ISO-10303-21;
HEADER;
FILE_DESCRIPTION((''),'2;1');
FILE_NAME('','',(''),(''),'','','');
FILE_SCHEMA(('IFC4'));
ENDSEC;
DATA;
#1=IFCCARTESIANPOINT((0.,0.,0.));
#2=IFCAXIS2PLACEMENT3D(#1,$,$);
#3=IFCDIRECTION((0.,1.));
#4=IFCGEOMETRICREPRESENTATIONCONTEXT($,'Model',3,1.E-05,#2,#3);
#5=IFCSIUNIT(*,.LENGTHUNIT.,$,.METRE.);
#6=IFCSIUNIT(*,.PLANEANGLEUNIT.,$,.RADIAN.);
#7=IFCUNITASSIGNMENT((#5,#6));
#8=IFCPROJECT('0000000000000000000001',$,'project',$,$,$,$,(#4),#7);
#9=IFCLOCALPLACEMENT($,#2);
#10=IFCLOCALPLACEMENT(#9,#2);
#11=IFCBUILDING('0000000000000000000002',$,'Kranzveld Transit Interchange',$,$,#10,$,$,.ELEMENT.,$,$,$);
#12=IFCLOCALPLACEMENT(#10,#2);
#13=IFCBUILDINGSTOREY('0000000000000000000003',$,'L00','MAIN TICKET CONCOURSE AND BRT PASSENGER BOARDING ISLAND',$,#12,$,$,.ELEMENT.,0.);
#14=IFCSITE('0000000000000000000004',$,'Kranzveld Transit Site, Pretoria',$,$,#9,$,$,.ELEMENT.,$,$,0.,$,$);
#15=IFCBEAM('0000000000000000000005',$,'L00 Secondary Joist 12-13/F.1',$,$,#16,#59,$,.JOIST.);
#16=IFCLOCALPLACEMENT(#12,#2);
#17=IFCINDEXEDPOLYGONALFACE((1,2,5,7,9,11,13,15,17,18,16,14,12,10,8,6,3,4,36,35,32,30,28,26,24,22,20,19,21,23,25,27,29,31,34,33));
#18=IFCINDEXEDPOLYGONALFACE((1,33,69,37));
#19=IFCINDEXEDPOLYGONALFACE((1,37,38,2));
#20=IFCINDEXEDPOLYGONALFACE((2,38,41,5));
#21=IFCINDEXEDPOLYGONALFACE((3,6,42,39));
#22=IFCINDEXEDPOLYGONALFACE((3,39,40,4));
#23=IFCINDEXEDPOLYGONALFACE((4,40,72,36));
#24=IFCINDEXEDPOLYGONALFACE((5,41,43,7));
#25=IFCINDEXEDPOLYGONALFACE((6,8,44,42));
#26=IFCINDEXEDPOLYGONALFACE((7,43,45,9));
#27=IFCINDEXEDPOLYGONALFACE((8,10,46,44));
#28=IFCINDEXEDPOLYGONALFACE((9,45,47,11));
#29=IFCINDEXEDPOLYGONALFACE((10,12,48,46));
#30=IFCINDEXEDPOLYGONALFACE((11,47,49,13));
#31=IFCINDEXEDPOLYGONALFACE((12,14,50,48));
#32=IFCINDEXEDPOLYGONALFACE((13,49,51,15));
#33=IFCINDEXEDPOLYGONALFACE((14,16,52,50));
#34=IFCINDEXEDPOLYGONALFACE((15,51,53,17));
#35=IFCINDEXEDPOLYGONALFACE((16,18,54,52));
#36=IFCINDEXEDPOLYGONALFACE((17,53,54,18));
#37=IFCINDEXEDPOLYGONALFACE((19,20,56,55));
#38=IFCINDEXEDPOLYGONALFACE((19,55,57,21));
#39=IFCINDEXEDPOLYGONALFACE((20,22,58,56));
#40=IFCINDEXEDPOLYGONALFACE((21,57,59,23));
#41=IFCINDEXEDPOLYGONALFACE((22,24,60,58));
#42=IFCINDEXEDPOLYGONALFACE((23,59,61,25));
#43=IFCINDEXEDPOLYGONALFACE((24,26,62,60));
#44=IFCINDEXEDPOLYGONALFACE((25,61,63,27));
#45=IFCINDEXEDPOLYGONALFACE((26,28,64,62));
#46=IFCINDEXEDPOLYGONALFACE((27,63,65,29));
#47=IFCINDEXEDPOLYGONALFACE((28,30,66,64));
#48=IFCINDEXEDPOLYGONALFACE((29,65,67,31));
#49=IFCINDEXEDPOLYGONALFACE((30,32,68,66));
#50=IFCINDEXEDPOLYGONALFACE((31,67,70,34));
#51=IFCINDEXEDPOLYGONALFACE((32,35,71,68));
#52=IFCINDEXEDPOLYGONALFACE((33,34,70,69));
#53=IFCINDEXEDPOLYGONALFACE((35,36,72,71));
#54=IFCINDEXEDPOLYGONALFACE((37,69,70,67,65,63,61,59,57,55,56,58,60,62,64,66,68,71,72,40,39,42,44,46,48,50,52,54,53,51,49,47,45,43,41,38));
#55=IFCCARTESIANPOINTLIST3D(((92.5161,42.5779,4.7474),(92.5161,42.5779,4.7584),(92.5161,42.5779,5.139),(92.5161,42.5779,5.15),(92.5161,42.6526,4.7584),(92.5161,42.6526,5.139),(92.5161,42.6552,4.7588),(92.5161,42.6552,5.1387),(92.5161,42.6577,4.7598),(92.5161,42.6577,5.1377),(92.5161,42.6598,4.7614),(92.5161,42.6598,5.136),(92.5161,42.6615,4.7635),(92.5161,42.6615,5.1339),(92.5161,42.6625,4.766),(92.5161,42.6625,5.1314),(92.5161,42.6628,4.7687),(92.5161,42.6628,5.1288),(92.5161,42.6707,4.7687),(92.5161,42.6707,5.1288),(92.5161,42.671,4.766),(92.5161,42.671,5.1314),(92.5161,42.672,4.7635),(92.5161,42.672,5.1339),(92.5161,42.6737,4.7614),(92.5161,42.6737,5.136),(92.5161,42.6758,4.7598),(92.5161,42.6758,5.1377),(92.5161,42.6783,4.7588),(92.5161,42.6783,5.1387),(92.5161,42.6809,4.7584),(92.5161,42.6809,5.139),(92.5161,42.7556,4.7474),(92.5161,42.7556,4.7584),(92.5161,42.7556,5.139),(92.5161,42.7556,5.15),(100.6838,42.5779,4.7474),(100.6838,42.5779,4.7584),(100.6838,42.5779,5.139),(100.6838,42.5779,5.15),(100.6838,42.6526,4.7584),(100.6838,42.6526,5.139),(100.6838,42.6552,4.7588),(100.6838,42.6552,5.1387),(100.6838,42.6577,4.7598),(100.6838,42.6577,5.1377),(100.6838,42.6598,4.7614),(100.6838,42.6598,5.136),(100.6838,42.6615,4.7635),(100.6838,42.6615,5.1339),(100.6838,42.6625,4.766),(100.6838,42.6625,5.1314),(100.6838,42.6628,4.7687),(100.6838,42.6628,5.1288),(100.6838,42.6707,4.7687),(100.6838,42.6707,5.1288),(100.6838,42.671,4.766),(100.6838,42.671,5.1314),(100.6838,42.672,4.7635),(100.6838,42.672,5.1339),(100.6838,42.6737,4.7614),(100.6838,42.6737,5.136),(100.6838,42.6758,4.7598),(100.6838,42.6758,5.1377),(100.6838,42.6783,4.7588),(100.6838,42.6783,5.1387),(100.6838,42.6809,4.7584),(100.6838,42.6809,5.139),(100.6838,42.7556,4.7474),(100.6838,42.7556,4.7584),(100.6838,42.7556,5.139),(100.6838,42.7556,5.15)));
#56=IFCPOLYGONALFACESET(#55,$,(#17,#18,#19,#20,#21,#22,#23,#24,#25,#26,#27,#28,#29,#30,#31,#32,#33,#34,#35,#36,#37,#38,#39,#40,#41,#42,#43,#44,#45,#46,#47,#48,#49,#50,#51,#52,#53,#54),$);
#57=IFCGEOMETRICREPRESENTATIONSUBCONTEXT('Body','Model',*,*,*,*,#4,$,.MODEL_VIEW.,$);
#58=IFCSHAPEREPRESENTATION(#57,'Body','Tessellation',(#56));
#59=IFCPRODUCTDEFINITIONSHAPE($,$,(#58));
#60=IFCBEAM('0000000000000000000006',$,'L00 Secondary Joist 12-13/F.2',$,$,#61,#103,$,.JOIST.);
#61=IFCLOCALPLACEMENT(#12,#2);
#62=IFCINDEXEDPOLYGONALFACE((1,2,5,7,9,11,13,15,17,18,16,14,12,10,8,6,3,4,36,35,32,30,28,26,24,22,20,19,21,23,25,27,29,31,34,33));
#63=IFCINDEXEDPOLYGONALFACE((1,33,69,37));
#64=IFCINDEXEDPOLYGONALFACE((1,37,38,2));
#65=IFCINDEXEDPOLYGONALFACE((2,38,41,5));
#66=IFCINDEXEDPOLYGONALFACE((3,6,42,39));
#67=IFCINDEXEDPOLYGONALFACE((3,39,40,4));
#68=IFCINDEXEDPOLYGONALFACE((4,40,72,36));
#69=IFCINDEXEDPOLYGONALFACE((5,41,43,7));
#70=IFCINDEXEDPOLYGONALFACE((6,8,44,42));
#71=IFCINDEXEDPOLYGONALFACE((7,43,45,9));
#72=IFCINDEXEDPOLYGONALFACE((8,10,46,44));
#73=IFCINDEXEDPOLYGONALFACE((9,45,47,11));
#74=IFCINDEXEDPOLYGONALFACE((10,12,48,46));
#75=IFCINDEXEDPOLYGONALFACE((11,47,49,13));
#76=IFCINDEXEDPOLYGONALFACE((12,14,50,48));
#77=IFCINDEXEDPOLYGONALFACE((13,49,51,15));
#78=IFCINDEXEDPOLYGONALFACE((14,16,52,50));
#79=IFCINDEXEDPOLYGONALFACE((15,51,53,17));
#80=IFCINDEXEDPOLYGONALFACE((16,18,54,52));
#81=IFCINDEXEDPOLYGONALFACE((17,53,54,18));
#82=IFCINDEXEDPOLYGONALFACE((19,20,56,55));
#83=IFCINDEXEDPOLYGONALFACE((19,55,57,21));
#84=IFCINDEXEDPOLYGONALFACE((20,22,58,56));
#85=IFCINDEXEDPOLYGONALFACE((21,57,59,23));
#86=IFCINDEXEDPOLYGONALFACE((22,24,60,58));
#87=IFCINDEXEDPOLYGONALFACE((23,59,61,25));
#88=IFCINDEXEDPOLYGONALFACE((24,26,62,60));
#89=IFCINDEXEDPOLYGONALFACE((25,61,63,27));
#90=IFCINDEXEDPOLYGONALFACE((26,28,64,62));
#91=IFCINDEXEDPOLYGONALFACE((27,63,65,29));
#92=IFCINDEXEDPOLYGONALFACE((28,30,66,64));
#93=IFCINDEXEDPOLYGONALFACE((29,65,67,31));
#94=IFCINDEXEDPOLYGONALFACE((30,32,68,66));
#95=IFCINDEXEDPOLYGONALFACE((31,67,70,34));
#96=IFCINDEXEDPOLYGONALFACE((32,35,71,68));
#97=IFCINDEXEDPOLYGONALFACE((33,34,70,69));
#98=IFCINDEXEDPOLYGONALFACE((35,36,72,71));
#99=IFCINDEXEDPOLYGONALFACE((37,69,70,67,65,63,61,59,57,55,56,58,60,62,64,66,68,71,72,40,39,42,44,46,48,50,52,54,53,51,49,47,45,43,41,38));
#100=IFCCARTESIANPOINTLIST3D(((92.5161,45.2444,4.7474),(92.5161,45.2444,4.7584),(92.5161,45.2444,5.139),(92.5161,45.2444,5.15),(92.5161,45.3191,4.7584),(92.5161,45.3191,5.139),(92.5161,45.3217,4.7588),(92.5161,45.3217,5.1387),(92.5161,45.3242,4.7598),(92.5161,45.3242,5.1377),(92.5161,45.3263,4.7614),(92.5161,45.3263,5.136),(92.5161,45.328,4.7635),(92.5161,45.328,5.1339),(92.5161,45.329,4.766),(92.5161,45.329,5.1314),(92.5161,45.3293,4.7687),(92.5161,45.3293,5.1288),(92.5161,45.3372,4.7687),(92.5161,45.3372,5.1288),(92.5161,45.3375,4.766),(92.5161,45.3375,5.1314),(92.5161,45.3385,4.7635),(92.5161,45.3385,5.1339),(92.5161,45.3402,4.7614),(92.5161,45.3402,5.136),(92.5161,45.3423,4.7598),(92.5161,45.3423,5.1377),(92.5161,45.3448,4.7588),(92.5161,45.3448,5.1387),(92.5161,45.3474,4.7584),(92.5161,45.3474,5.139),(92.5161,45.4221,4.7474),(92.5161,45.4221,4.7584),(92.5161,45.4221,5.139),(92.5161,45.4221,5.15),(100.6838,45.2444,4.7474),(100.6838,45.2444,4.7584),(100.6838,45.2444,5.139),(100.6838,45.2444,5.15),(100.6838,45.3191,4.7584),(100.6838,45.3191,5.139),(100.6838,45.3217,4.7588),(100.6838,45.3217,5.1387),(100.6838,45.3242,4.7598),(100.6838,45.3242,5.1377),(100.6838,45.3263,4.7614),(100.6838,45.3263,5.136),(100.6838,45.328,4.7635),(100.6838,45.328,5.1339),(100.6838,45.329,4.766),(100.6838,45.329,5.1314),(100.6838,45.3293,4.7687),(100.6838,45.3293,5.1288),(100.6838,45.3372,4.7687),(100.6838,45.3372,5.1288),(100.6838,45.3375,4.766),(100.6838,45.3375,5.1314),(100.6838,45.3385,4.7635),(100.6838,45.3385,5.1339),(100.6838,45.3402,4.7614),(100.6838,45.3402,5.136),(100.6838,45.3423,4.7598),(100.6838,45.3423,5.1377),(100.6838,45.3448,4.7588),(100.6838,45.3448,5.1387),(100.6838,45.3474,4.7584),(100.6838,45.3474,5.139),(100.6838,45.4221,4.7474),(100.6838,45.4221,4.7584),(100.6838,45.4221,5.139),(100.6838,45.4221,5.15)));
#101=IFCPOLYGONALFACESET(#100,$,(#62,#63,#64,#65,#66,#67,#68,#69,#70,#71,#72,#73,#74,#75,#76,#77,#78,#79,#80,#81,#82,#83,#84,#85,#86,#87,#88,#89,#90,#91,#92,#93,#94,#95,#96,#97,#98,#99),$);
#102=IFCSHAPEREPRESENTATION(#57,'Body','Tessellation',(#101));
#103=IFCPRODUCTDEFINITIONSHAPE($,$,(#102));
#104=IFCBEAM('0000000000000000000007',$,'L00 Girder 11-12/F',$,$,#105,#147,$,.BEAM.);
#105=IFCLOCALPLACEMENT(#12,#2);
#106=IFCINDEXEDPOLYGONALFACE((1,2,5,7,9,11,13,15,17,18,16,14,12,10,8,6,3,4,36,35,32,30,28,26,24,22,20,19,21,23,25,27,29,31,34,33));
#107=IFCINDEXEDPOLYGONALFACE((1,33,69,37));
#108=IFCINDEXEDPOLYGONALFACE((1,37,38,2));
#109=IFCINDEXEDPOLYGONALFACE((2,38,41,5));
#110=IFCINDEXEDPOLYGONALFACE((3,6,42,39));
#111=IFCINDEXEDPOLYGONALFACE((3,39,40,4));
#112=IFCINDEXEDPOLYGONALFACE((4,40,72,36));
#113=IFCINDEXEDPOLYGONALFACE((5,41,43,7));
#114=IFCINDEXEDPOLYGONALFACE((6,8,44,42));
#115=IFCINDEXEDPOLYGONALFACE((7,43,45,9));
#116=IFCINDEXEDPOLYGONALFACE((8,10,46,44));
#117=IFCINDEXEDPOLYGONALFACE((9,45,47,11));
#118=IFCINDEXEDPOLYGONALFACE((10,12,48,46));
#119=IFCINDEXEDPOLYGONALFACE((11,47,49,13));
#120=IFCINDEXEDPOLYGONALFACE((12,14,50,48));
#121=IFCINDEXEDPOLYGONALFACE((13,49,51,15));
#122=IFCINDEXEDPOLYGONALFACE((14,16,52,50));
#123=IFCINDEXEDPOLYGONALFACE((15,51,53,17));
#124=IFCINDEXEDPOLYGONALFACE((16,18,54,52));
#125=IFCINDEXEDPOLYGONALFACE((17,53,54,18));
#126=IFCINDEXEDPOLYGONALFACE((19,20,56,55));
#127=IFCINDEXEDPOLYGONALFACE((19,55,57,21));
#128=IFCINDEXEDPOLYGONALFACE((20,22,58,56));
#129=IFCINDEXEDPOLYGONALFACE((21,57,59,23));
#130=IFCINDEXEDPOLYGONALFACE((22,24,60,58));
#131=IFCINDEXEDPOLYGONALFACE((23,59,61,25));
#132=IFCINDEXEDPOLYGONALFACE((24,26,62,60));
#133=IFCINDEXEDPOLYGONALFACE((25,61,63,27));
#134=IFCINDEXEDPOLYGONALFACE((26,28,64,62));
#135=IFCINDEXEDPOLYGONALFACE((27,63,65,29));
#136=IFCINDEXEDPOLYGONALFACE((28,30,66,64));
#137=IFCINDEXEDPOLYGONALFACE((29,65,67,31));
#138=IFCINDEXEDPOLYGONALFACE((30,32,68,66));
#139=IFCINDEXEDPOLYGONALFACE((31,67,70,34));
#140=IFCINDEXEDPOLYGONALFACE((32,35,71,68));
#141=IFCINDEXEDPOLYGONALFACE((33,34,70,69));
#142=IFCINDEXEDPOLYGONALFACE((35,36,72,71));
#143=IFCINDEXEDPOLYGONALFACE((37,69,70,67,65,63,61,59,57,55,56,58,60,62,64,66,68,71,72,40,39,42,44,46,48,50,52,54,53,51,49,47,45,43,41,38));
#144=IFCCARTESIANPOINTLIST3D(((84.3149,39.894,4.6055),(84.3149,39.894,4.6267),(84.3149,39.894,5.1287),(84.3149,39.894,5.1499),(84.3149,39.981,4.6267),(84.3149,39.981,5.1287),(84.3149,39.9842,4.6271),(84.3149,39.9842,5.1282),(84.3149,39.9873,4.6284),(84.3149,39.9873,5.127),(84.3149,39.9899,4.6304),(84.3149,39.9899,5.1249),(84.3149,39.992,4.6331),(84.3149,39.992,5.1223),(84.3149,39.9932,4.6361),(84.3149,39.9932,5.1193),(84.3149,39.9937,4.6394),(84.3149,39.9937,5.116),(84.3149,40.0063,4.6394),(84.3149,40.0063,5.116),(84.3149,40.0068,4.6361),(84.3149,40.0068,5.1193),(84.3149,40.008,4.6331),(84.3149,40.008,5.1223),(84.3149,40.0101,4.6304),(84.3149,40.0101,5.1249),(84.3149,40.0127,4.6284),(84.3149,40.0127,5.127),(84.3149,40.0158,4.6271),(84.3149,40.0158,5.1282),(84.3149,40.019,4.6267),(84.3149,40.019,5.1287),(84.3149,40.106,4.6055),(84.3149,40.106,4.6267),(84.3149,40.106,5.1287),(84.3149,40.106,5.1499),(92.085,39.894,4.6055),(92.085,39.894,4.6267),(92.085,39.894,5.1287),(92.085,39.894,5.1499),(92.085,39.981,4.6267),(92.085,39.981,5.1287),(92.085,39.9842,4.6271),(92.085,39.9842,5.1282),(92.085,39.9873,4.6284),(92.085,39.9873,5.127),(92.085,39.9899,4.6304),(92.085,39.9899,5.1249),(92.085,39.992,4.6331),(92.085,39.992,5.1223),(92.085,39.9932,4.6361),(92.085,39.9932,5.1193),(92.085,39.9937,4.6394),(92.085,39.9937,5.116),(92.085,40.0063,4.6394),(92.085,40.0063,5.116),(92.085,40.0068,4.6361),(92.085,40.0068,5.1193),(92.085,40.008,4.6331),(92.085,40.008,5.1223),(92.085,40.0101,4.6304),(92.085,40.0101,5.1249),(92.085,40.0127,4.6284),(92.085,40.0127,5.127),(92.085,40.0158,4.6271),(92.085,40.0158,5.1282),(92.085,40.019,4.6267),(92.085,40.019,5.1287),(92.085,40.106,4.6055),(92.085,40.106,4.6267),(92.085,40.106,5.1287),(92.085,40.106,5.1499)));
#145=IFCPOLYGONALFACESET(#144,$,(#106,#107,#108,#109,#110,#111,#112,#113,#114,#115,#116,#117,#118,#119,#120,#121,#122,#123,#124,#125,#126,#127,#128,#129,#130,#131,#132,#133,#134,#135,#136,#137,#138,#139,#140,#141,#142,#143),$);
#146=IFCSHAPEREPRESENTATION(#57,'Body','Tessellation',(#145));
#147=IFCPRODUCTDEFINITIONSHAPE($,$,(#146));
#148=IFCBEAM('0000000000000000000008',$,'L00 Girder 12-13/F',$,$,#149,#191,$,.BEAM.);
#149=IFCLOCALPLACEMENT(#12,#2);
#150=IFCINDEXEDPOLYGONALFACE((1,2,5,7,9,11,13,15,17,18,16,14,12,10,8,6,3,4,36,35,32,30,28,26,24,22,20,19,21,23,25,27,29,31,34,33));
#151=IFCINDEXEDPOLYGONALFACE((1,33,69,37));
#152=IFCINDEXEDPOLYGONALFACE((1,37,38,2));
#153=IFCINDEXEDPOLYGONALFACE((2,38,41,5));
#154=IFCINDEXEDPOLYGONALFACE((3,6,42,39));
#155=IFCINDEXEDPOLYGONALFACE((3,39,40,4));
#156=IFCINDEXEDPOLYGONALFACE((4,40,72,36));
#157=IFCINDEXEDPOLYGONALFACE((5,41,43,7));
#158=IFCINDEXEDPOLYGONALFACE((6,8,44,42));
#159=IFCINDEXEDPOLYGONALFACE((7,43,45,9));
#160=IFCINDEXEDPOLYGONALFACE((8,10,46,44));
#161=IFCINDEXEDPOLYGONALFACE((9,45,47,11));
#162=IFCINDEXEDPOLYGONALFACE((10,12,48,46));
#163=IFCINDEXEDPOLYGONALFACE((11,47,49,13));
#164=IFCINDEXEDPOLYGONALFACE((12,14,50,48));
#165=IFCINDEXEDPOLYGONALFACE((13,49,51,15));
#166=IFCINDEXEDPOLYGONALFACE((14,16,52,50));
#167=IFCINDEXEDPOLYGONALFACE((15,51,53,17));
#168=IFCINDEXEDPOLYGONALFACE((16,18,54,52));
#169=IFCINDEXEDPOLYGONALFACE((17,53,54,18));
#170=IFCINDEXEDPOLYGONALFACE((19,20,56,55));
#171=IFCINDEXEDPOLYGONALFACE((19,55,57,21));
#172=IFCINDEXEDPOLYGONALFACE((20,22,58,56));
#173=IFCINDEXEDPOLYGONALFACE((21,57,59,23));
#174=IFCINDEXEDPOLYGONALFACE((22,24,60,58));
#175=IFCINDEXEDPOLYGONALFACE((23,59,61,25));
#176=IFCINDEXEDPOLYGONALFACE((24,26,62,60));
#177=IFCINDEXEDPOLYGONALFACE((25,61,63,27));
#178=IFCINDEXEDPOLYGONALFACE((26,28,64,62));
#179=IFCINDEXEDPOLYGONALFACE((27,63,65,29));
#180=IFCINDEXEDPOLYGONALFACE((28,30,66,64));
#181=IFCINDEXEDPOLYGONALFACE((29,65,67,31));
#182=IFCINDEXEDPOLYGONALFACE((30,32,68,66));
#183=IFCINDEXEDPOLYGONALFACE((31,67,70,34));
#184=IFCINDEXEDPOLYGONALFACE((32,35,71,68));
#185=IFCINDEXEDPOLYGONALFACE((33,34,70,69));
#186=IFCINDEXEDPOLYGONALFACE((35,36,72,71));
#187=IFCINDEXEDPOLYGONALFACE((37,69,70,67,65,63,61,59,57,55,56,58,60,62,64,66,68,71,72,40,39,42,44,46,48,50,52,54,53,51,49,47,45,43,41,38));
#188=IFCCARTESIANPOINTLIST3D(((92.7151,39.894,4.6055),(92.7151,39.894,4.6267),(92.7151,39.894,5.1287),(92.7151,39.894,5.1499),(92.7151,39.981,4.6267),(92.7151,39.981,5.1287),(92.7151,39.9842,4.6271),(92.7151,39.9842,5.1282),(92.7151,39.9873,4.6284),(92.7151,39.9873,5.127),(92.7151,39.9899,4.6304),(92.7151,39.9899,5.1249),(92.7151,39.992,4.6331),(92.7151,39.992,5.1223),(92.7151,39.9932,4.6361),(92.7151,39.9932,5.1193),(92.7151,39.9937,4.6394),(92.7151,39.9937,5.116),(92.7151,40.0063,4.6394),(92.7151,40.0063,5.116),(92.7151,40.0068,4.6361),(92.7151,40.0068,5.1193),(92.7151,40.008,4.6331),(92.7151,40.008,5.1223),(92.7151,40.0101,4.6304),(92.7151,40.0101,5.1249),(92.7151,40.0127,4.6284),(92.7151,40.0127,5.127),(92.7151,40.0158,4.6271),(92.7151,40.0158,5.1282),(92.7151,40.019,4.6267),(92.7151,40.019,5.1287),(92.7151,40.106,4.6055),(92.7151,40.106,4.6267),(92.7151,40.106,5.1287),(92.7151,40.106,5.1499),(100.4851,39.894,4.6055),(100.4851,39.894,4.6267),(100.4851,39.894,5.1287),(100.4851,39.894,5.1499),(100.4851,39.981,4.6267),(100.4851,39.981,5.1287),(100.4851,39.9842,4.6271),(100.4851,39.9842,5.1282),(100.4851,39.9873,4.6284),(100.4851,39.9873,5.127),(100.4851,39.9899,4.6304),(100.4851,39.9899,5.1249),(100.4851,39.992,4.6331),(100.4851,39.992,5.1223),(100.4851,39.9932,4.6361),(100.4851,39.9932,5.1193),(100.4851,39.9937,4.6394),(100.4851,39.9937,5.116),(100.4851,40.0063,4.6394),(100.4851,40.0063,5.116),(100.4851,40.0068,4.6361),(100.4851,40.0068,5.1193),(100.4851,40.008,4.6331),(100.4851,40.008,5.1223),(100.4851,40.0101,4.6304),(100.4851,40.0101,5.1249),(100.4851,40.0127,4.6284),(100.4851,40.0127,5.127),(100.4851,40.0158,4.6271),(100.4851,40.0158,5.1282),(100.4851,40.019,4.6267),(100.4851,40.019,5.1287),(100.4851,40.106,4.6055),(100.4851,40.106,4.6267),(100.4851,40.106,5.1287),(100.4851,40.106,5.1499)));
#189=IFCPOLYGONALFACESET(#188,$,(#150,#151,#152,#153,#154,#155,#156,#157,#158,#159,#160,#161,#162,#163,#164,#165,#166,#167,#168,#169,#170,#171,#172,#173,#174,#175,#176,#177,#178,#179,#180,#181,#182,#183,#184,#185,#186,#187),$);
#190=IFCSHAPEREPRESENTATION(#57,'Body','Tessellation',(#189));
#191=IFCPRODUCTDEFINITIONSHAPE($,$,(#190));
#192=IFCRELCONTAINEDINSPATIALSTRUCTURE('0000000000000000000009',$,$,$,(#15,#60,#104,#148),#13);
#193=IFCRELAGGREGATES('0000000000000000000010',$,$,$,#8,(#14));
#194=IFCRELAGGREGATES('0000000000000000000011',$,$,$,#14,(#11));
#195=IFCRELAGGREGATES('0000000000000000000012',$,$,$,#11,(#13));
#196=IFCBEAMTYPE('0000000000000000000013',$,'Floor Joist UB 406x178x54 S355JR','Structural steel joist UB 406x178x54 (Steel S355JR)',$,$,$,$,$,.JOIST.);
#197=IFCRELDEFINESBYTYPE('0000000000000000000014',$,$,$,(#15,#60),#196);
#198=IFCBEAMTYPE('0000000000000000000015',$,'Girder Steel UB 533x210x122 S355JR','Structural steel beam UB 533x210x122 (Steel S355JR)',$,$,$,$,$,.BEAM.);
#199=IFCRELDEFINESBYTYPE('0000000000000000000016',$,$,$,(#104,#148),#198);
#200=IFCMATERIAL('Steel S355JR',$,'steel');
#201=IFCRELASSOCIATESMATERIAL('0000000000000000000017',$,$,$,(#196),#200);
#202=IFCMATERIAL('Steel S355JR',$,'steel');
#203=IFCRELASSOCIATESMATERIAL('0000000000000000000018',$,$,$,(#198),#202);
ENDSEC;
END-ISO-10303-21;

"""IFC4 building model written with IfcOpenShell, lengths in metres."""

from ifc_helpers import new_model, si_unit, direction, frame, origin, origin_2d, place, context, subcontext, project, spatial, i_section, extrude, material, material_profile, profile_set, type_object, element, save


model = new_model("IFC4")

# Units and contexts
model_context = context("Model", 3, precision=1e-05, world=origin(), true_north=direction((0.0, 1.0)))
body_context = subcontext(model_context, "Body", "Model", "MODEL_VIEW")
ifc_project = project(units=[si_unit("LENGTHUNIT", "METRE"), si_unit("PLANEANGLEUNIT", "RADIAN")], contexts=[model_context])

# Site, building, storey
site_placement = place(None, origin())
site = spatial("IfcSite", under=ifc_project, at=site_placement, Name="Kranzveld Transit Site, Pretoria", CompositionType="ELEMENT", RefElevation=0.0)
building_placement = place(site_placement, origin())
building = spatial("IfcBuilding", under=site, at=building_placement, Name="Kranzveld Transit Interchange", CompositionType="ELEMENT")
storey_placement = place(building_placement, origin())
storey = spatial("IfcBuildingStorey", under=building, at=storey_placement, Name="L00", Description="MAIN TICKET CONCOURSE AND BRT PASSENGER BOARDING ISLAND", CompositionType="ELEMENT", Elevation=0.0)

# Beams
ifc_material_1 = material(Name="Steel S355JR", Category="steel")
ifc_material_profile_1 = material_profile(ifc_material_1, i_section(OverallWidth=0.1777, OverallDepth=0.4026, WebThickness=0.0078, FlangeThickness=0.011, FilletRadius=0.0103, at=origin_2d()), Name="UB 406x178x54")
ifc_profile_set_1 = profile_set([ifc_material_profile_1], Name="Steel S355JR")
beam_type_1 = type_object("IfcBeamType", Name="Floor Joist UB 406x178x54 S355JR", Description="Structural steel joist UB 406x178x54 (Steel S355JR)", PredefinedType="JOIST", material=ifc_profile_set_1)
for number, where, z_axis, x_axis, name in (
    (1, (92.5161, 42.6667, 4.9487), (1.0, 0.0, 0.0), (0.0, 1.0, 0.0), "L00 Secondary Joist 12-13/F.1"),
    (2, (92.5161, 45.3333, 4.9487), (1.0, 0.0, 0.0), (0.0, 1.0, 0.0), "L00 Secondary Joist 12-13/F.2"),
):
    element("IfcBeam", number, at=place(storey_placement, frame(where, z_axis=z_axis, x_axis=x_axis)), inside=storey, type_object=beam_type_1, Name=name, PredefinedType="JOIST", context=body_context, shape_type="SweptSolid", body=[
        extrude(i_section(OverallWidth=0.1777, OverallDepth=0.4026, WebThickness=0.0078, FlangeThickness=0.011, FilletRadius=0.0103, at=origin_2d()), origin(), (0.0, 0.0, 1.0), 8.1677),
    ])
ifc_material_2 = material(Name="Steel S355JR", Category="steel")
ifc_material_profile_2 = material_profile(ifc_material_2, i_section(OverallWidth=0.2119, OverallDepth=0.5444, WebThickness=0.0127, FlangeThickness=0.0212, FilletRadius=0.0127, at=origin_2d()), Name="UB 533x210x122")
ifc_profile_set_2 = profile_set([ifc_material_profile_2], Name="Steel S355JR")
beam_type_2 = type_object("IfcBeamType", Name="Girder Steel UB 533x210x122 S355JR", Description="Structural steel beam UB 533x210x122 (Steel S355JR)", PredefinedType="BEAM", material=ifc_profile_set_2)
for number, where, z_axis, x_axis, name in (
    (3, (84.3149, 40.0, 4.8777), (1.0, 0.0, 0.0), (0.0, 1.0, 0.0), "L00 Girder 11-12/F"),
    (4, (92.7151, 40.0, 4.8777), (1.0, 0.0, 0.0), (0.0, 1.0, 0.0), "L00 Girder 12-13/F"),
):
    element("IfcBeam", number, at=place(storey_placement, frame(where, z_axis=z_axis, x_axis=x_axis)), inside=storey, type_object=beam_type_2, Name=name, PredefinedType="BEAM", context=body_context, shape_type="SweptSolid", body=[
        extrude(i_section(OverallWidth=0.2119, OverallDepth=0.5444, WebThickness=0.0127, FlangeThickness=0.0212, FilletRadius=0.0127, at=origin_2d()), origin(), (0.0, 0.0, 1.0), 7.77),
    ])

save(model, "model.ifc")
